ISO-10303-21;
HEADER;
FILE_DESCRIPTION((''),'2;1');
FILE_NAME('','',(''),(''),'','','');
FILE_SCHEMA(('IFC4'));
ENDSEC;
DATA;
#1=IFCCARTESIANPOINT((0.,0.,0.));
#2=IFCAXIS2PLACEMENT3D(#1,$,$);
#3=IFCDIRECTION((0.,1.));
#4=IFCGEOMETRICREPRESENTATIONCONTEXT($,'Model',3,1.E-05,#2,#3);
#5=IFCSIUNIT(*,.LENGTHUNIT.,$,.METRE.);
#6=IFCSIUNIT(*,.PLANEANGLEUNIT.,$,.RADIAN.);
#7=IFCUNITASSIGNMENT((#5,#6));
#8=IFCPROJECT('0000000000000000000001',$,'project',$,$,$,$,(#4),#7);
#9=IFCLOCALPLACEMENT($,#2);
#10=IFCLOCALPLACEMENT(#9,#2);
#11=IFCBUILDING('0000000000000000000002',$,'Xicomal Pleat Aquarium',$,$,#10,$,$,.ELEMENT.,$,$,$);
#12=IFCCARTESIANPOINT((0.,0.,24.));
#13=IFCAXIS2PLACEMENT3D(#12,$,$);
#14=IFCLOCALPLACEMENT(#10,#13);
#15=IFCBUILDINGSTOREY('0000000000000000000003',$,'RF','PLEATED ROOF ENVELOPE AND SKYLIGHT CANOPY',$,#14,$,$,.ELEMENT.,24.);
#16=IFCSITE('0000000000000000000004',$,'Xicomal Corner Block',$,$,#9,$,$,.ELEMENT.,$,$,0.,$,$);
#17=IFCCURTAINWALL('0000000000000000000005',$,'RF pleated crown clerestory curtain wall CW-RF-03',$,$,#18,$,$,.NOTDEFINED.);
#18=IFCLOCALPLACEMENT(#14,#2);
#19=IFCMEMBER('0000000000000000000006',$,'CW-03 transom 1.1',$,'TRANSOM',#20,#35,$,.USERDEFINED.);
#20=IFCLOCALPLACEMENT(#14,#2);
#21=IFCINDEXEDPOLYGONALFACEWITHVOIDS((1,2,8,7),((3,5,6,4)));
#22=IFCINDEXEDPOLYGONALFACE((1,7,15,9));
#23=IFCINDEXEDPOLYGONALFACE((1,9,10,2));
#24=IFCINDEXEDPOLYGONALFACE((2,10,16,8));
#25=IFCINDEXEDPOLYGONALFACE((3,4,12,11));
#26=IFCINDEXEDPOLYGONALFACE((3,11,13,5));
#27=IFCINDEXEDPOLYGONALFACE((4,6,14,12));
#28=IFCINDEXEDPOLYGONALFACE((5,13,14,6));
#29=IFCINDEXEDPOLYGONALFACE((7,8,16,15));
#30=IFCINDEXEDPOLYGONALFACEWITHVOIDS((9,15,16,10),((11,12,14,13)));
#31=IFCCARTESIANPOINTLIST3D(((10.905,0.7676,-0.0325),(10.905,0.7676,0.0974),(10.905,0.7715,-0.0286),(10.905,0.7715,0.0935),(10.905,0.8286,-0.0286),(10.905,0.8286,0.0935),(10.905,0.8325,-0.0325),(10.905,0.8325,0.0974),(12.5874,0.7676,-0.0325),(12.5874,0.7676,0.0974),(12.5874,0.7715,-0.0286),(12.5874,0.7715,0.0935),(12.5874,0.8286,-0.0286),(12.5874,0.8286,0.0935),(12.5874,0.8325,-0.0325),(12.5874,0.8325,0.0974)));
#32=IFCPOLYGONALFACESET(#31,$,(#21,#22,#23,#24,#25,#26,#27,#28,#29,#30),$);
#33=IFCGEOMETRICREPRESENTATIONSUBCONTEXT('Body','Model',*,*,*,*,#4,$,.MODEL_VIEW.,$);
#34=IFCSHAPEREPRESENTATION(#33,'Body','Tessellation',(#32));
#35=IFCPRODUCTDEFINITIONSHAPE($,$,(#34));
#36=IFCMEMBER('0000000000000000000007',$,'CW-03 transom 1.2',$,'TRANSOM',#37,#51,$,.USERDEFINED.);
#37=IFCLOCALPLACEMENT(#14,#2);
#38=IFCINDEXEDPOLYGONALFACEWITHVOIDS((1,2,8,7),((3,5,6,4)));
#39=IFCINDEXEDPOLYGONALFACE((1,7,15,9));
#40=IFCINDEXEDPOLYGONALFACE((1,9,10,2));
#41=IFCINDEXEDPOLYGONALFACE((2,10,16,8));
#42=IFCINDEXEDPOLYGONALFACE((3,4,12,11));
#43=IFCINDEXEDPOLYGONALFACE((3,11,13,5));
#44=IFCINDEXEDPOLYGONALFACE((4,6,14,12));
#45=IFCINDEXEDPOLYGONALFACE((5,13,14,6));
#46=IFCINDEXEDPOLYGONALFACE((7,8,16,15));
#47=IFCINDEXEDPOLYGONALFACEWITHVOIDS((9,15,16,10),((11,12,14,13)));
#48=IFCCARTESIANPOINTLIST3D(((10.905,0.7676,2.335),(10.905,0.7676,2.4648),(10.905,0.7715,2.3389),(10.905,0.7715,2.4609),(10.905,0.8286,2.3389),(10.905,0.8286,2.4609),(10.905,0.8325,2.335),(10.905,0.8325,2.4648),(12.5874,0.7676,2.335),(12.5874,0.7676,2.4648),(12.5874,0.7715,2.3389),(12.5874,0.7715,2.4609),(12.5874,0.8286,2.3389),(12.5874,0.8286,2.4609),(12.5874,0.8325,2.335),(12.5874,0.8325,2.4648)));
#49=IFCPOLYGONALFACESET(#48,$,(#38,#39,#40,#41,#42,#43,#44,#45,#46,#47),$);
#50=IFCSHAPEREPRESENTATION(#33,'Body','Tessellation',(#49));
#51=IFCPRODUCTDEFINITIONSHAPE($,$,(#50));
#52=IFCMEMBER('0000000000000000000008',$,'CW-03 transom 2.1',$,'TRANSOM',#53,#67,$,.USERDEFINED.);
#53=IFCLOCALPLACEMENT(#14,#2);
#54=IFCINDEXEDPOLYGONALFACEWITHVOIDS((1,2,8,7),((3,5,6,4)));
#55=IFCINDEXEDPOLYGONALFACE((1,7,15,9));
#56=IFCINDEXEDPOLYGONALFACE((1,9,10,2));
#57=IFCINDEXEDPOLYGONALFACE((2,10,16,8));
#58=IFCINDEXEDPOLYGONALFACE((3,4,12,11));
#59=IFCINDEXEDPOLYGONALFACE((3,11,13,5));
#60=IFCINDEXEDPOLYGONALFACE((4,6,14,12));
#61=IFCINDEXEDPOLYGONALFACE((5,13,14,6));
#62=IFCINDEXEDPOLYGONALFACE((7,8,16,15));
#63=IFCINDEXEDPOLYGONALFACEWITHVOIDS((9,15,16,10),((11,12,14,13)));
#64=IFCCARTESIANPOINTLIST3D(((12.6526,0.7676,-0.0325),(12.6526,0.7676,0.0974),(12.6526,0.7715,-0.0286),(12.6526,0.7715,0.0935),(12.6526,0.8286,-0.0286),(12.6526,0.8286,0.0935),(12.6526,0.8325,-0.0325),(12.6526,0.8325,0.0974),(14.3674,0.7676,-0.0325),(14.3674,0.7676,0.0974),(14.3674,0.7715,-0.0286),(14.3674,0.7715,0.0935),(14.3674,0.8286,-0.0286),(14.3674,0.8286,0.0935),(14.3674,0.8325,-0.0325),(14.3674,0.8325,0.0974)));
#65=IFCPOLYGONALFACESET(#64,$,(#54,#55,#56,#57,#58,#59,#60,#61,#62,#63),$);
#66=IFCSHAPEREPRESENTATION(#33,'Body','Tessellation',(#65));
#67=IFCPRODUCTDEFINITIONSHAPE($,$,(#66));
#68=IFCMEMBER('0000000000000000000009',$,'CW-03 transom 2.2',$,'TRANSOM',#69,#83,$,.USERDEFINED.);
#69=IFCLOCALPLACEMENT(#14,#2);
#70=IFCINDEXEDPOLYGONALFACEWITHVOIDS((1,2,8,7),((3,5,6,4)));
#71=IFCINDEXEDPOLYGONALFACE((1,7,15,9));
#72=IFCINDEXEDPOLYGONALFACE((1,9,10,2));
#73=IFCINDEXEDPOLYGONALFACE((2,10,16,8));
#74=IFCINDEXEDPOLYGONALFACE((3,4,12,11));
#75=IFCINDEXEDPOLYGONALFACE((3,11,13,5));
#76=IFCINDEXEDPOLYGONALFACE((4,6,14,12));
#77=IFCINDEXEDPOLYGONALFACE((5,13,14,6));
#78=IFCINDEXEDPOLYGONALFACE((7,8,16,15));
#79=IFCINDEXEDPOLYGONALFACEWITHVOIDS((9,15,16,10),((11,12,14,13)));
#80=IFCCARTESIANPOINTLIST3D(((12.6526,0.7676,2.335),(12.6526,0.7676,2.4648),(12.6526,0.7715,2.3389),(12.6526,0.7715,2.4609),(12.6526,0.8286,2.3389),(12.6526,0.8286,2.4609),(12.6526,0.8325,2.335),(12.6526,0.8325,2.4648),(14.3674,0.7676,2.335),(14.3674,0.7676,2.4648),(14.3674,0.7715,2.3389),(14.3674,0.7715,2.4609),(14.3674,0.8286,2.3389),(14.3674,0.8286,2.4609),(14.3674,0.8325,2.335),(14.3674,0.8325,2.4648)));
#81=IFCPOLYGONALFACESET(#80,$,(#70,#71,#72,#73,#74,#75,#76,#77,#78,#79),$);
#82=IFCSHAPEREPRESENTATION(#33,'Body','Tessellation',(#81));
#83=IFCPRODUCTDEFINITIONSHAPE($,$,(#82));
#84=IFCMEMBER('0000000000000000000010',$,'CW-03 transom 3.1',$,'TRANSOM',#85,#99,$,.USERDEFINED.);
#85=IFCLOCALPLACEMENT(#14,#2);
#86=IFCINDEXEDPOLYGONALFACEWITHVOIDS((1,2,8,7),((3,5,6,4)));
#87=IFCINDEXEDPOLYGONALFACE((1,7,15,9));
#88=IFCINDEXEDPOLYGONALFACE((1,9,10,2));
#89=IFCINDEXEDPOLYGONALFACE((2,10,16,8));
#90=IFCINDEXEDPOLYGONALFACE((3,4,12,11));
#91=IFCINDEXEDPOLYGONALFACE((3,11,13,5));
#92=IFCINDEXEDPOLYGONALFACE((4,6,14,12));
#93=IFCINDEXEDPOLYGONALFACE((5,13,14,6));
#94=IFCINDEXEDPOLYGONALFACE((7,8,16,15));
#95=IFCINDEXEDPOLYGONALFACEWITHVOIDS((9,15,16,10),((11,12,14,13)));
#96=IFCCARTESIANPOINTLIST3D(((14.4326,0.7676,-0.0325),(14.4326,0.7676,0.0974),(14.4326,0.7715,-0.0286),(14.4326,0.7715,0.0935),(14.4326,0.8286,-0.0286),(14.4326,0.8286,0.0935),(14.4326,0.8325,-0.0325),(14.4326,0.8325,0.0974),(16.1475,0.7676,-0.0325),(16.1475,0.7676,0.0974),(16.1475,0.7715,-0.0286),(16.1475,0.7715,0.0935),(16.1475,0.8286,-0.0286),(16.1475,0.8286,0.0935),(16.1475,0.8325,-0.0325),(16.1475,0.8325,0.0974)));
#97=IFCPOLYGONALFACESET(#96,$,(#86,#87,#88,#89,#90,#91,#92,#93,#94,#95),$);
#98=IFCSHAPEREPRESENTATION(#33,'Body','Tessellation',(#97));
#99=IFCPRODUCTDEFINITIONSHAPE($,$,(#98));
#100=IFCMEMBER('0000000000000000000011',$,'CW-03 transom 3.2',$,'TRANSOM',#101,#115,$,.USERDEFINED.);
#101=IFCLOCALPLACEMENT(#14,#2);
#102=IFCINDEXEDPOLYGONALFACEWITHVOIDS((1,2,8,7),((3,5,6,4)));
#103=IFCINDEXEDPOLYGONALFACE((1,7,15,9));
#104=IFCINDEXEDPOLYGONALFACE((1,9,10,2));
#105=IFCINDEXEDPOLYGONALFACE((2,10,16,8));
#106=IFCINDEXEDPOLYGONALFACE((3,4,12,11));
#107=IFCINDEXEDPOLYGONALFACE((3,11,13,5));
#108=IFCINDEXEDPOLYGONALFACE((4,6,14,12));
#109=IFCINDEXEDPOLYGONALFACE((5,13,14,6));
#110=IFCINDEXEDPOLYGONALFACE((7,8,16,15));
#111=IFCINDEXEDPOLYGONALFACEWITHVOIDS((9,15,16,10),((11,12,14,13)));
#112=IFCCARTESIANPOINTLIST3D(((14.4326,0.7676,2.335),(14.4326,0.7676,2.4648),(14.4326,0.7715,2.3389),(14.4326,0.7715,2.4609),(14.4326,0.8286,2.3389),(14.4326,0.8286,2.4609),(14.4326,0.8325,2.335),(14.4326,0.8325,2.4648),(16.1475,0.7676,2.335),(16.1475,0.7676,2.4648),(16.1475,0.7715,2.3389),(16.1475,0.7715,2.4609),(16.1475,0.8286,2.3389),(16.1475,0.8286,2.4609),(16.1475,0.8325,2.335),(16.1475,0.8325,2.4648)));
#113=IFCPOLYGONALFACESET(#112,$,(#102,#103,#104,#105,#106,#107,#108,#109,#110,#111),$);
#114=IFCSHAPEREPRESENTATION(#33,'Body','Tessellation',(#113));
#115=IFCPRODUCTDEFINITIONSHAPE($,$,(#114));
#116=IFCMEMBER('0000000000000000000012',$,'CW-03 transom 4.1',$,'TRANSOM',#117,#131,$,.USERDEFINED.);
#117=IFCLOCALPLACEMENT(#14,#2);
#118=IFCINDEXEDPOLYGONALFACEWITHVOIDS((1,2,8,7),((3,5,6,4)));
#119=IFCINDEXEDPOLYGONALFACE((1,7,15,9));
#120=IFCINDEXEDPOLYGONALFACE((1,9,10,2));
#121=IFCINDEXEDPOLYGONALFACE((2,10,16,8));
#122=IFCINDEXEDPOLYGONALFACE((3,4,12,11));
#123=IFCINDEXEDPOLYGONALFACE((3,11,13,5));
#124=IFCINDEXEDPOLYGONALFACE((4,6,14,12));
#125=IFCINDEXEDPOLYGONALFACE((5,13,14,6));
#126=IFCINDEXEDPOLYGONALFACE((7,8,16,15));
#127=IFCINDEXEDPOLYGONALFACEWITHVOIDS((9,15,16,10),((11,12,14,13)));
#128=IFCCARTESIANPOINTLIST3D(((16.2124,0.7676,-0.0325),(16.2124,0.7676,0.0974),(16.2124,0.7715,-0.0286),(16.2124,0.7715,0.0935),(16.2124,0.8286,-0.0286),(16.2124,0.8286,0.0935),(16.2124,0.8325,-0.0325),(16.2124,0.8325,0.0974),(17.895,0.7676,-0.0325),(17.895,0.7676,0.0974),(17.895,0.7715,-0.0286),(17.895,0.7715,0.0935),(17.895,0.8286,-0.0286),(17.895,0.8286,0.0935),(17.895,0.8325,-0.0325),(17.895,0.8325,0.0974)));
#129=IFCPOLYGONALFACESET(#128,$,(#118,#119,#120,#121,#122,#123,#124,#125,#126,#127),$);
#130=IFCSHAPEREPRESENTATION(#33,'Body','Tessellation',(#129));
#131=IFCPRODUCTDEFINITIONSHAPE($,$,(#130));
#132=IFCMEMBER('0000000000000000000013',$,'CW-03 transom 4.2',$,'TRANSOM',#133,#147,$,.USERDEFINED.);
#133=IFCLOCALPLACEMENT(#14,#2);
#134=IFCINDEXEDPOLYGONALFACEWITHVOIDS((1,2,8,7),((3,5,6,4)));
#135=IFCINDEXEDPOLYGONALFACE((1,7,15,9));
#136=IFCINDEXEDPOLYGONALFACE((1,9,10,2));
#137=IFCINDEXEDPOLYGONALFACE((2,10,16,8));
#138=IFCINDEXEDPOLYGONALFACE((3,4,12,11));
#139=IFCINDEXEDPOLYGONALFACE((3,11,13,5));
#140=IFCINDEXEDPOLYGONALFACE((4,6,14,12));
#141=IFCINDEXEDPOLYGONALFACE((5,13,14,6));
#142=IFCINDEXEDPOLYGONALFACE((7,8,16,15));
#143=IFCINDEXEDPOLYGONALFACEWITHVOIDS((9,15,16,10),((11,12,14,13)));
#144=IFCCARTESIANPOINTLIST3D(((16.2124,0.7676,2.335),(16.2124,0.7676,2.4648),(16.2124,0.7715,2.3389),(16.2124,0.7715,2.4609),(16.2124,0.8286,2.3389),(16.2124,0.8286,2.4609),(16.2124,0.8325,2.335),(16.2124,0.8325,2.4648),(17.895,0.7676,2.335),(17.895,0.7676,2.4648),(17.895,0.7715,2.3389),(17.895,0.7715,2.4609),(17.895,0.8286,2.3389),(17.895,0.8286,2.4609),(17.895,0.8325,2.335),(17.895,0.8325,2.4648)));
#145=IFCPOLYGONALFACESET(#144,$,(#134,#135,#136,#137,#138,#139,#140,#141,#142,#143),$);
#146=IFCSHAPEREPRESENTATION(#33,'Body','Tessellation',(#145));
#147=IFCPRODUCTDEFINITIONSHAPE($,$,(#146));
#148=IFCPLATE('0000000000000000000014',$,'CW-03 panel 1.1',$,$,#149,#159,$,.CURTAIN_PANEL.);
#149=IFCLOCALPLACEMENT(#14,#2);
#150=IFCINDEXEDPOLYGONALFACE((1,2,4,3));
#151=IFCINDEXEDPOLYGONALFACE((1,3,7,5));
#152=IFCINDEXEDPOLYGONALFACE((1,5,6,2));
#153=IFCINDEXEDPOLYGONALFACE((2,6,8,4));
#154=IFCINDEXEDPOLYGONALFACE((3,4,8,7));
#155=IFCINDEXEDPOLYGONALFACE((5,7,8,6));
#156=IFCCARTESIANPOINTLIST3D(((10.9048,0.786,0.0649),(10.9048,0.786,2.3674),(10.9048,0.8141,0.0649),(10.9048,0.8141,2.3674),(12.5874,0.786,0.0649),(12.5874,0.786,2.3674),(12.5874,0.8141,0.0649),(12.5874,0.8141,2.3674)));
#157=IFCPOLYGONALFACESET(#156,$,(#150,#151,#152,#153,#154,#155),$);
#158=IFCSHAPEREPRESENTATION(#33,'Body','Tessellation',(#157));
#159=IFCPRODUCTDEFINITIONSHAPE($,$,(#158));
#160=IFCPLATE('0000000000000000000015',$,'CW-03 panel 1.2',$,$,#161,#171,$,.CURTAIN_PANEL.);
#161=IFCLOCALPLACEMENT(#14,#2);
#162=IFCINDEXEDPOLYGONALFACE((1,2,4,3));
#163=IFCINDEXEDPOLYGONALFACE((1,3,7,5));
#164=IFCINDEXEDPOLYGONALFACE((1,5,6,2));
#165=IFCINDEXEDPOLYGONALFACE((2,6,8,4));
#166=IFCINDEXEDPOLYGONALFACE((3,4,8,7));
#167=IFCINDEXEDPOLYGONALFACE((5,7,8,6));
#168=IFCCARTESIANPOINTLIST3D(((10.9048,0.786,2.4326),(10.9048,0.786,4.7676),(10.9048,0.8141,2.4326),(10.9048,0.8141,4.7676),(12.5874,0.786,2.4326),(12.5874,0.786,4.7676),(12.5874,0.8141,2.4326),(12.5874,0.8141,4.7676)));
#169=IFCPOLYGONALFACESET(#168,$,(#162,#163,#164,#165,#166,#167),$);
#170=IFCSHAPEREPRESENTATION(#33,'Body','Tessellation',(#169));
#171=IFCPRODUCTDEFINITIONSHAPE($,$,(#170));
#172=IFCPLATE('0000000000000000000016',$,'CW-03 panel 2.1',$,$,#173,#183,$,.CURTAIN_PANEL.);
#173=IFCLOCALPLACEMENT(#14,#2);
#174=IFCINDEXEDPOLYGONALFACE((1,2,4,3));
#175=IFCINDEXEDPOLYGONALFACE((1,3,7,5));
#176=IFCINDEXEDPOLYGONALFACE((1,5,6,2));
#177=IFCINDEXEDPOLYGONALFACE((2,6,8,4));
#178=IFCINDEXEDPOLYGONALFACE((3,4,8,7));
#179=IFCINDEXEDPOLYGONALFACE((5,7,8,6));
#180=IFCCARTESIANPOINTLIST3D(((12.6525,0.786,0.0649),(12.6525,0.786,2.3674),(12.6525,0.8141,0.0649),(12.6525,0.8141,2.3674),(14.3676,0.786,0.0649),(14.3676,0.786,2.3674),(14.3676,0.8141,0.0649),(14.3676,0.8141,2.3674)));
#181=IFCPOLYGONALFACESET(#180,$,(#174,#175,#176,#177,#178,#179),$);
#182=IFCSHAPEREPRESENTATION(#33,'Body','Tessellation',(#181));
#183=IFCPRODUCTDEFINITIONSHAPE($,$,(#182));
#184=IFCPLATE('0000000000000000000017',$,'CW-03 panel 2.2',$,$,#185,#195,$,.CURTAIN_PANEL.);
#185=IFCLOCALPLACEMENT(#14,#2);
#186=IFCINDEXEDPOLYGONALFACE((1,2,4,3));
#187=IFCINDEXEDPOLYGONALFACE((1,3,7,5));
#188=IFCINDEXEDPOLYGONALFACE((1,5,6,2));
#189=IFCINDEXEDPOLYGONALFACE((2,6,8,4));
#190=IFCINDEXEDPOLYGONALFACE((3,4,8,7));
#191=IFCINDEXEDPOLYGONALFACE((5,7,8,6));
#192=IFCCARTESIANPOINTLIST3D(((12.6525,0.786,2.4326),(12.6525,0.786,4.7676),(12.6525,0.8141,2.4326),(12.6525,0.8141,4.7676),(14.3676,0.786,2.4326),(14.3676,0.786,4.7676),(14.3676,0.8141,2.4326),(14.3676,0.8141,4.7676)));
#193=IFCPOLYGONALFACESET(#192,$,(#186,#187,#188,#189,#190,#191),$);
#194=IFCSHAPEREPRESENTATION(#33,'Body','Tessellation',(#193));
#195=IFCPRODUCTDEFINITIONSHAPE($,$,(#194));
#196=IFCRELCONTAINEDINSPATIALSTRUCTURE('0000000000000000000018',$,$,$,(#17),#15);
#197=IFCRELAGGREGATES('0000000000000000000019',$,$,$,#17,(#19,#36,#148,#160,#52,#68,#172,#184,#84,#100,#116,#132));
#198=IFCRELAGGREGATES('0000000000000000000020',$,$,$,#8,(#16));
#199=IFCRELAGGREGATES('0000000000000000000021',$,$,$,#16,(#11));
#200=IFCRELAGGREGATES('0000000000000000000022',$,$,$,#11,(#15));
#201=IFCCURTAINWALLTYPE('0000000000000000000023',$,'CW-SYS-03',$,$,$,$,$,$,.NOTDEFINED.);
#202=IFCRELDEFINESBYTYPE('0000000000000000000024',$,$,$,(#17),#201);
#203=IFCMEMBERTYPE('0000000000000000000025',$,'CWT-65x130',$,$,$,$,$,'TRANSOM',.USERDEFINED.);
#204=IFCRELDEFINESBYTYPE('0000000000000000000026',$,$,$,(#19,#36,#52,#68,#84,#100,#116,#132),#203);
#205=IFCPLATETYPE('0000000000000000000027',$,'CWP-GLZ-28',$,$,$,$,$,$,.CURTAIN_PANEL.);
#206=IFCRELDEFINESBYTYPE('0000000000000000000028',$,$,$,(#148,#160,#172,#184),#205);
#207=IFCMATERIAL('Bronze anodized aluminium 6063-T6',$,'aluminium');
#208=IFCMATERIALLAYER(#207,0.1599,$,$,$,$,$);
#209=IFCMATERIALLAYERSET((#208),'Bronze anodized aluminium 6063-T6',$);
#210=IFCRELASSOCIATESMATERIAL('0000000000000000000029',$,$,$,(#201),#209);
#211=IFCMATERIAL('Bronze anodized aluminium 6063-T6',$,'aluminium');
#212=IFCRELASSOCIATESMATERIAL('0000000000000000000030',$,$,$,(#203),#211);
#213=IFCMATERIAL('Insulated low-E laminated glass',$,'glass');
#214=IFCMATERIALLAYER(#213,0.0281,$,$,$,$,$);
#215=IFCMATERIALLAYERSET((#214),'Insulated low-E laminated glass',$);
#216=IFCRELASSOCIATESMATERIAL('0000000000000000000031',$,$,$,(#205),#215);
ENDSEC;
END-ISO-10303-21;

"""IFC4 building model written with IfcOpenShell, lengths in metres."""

from ifc_helpers import new_model, si_unit, direction, frame, origin, origin_2d, place, context, subcontext, project, spatial, rectangle, hollow_rectangle, extrude, material, layer, layer_set, material_profile, profile_set, type_object, element, aggregate, save


model = new_model("IFC4")

# Units and contexts
model_context = context("Model", 3, precision=1e-05, world=origin(), true_north=direction((0.0, 1.0)))
body_context = subcontext(model_context, "Body", "Model", "MODEL_VIEW")
ifc_project = project(units=[si_unit("LENGTHUNIT", "METRE"), si_unit("PLANEANGLEUNIT", "RADIAN")], contexts=[model_context])

# Site, building, storey
site_placement = place(None, origin())
site = spatial("IfcSite", under=ifc_project, at=site_placement, Name="Xicomal Corner Block", CompositionType="ELEMENT", RefElevation=0.0)
building_placement = place(site_placement, origin())
building = spatial("IfcBuilding", under=site, at=building_placement, Name="Xicomal Pleat Aquarium", CompositionType="ELEMENT")
storey_placement = place(building_placement, frame((0.0, 0.0, 24.0)))
storey = spatial("IfcBuildingStorey", under=building, at=storey_placement, Name="RF", Description="PLEATED ROOF ENVELOPE AND SKYLIGHT CANOPY", CompositionType="ELEMENT", Elevation=24.0)

# Curtain wall, members, plates
ifc_material_1 = material(Name="Bronze anodized aluminium 6063-T6", Category="aluminium")
ifc_layer_1 = layer(ifc_material_1, 0.1599)
ifc_layer_set_1 = layer_set([ifc_layer_1], Name="Bronze anodized aluminium 6063-T6")
curtain_wall_type = type_object("IfcCurtainWallType", Name="CW-SYS-03", PredefinedType="NOTDEFINED", material=ifc_layer_set_1)
curtain_wall_placement = place(storey_placement, origin())
curtain_wall = element("IfcCurtainWall", 1, at=curtain_wall_placement, inside=storey, type_object=curtain_wall_type, Name="RF pleated crown clerestory curtain wall CW-RF-03", PredefinedType="NOTDEFINED")
ifc_material_2 = material(Name="Bronze anodized aluminium 6063-T6", Category="aluminium")
ifc_material_profile_1 = material_profile(ifc_material_2, hollow_rectangle(XDim=0.0649, YDim=0.1299, WallThickness=0.0039, at=origin_2d()), Name="ALU TRAN 65x130")
ifc_profile_set_1 = profile_set([ifc_material_profile_1], Name="Bronze anodized aluminium 6063-T6")
member_type_1 = type_object("IfcMemberType", Name="CWT-65x130", ElementType="TRANSOM", PredefinedType="USERDEFINED", material=ifc_profile_set_1)
member_1_placement = place(storey_placement, frame((10.905, 0.8, 0.0325), z_axis=(1.0, 0.0, 0.0), x_axis=(0.0, 1.0, 0.0)))
member_1 = element("IfcMember", 2, at=member_1_placement, type_object=member_type_1, Name="CW-03 transom 1.1", ObjectType="TRANSOM", PredefinedType="USERDEFINED", context=body_context, shape_type="SweptSolid", body=[
    extrude(hollow_rectangle(XDim=0.0649, YDim=0.1299, WallThickness=0.0039, at=origin_2d()), origin(), (0.0, 0.0, 1.0), 1.6824),
])
member_2_placement = place(storey_placement, frame((10.905, 0.8, 2.3999), z_axis=(1.0, 0.0, 0.0), x_axis=(0.0, 1.0, 0.0)))
member_2 = element("IfcMember", 3, at=member_2_placement, type_object=member_type_1, Name="CW-03 transom 1.2", ObjectType="TRANSOM", PredefinedType="USERDEFINED", context=body_context, shape_type="SweptSolid", body=[
    extrude(hollow_rectangle(XDim=0.0649, YDim=0.1299, WallThickness=0.0039, at=origin_2d()), origin(), (0.0, 0.0, 1.0), 1.6824),
])
member_3_placement = place(storey_placement, frame((12.6526, 0.8, 0.0325), z_axis=(1.0, 0.0, 0.0), x_axis=(0.0, 1.0, 0.0)))
member_3 = element("IfcMember", 4, at=member_3_placement, type_object=member_type_1, Name="CW-03 transom 2.1", ObjectType="TRANSOM", PredefinedType="USERDEFINED", context=body_context, shape_type="SweptSolid", body=[
    extrude(hollow_rectangle(XDim=0.0649, YDim=0.1299, WallThickness=0.0039, at=origin_2d()), origin(), (0.0, 0.0, 1.0), 1.7148),
])
member_4_placement = place(storey_placement, frame((12.6526, 0.8, 2.3999), z_axis=(1.0, 0.0, 0.0), x_axis=(0.0, 1.0, 0.0)))
member_4 = element("IfcMember", 5, at=member_4_placement, type_object=member_type_1, Name="CW-03 transom 2.2", ObjectType="TRANSOM", PredefinedType="USERDEFINED", context=body_context, shape_type="SweptSolid", body=[
    extrude(hollow_rectangle(XDim=0.0649, YDim=0.1299, WallThickness=0.0039, at=origin_2d()), origin(), (0.0, 0.0, 1.0), 1.7148),
])
member_5_placement = place(storey_placement, frame((14.4326, 0.8, 0.0325), z_axis=(1.0, 0.0, 0.0), x_axis=(0.0, 1.0, 0.0)))
member_5 = element("IfcMember", 6, at=member_5_placement, type_object=member_type_1, Name="CW-03 transom 3.1", ObjectType="TRANSOM", PredefinedType="USERDEFINED", context=body_context, shape_type="SweptSolid", body=[
    extrude(hollow_rectangle(XDim=0.0649, YDim=0.1299, WallThickness=0.0039, at=origin_2d()), origin(), (0.0, 0.0, 1.0), 1.7148),
])
member_6_placement = place(storey_placement, frame((14.4326, 0.8, 2.3999), z_axis=(1.0, 0.0, 0.0), x_axis=(0.0, 1.0, 0.0)))
member_6 = element("IfcMember", 7, at=member_6_placement, type_object=member_type_1, Name="CW-03 transom 3.2", ObjectType="TRANSOM", PredefinedType="USERDEFINED", context=body_context, shape_type="SweptSolid", body=[
    extrude(hollow_rectangle(XDim=0.0649, YDim=0.1299, WallThickness=0.0039, at=origin_2d()), origin(), (0.0, 0.0, 1.0), 1.7148),
])
member_7_placement = place(storey_placement, frame((16.2124, 0.8, 0.0325), z_axis=(1.0, 0.0, 0.0), x_axis=(0.0, 1.0, 0.0)))
member_7 = element("IfcMember", 8, at=member_7_placement, type_object=member_type_1, Name="CW-03 transom 4.1", ObjectType="TRANSOM", PredefinedType="USERDEFINED", context=body_context, shape_type="SweptSolid", body=[
    extrude(hollow_rectangle(XDim=0.0649, YDim=0.1299, WallThickness=0.0039, at=origin_2d()), origin(), (0.0, 0.0, 1.0), 1.6826),
])
member_8_placement = place(storey_placement, frame((16.2124, 0.8, 2.3999), z_axis=(1.0, 0.0, 0.0), x_axis=(0.0, 1.0, 0.0)))
member_8 = element("IfcMember", 9, at=member_8_placement, type_object=member_type_1, Name="CW-03 transom 4.2", ObjectType="TRANSOM", PredefinedType="USERDEFINED", context=body_context, shape_type="SweptSolid", body=[
    extrude(hollow_rectangle(XDim=0.0649, YDim=0.1299, WallThickness=0.0039, at=origin_2d()), origin(), (0.0, 0.0, 1.0), 1.6826),
])
ifc_material_3 = material(Name="Insulated low-E laminated glass", Category="glass")
ifc_layer_2 = layer(ifc_material_3, 0.0281)
ifc_layer_set_2 = layer_set([ifc_layer_2], Name="Insulated low-E laminated glass")
plate_type = type_object("IfcPlateType", Name="CWP-GLZ-28", PredefinedType="CURTAIN_PANEL", material=ifc_layer_set_2)
plate_1_placement = place(storey_placement, frame((11.7461, 0.8, 0.0649), z_axis=(0.0, 0.0, 1.0), x_axis=(1.0, 0.0, 0.0)))
plate_1 = element("IfcPlate", 10, at=plate_1_placement, type_object=plate_type, Name="CW-03 panel 1.1", PredefinedType="CURTAIN_PANEL", context=body_context, shape_type="SweptSolid", body=[
    extrude(rectangle(XDim=1.6826, YDim=0.0281, at=origin_2d()), origin(), (0.0, 0.0, 1.0), 2.3025),
])
plate_2_placement = place(storey_placement, frame((11.7461, 0.8, 2.4326), z_axis=(0.0, 0.0, 1.0), x_axis=(1.0, 0.0, 0.0)))
plate_2 = element("IfcPlate", 11, at=plate_2_placement, type_object=plate_type, Name="CW-03 panel 1.2", PredefinedType="CURTAIN_PANEL", context=body_context, shape_type="SweptSolid", body=[
    extrude(rectangle(XDim=1.6826, YDim=0.0281, at=origin_2d()), origin(), (0.0, 0.0, 1.0), 2.335),
])
plate_3_placement = place(storey_placement, frame((13.51, 0.8, 0.0649), z_axis=(0.0, 0.0, 1.0), x_axis=(1.0, 0.0, 0.0)))
plate_3 = element("IfcPlate", 12, at=plate_3_placement, type_object=plate_type, Name="CW-03 panel 2.1", PredefinedType="CURTAIN_PANEL", context=body_context, shape_type="SweptSolid", body=[
    extrude(rectangle(XDim=1.7151, YDim=0.0281, at=origin_2d()), origin(), (0.0, 0.0, 1.0), 2.3025),
])
plate_4_placement = place(storey_placement, frame((13.51, 0.8, 2.4326), z_axis=(0.0, 0.0, 1.0), x_axis=(1.0, 0.0, 0.0)))
plate_4 = element("IfcPlate", 13, at=plate_4_placement, type_object=plate_type, Name="CW-03 panel 2.2", PredefinedType="CURTAIN_PANEL", context=body_context, shape_type="SweptSolid", body=[
    extrude(rectangle(XDim=1.7151, YDim=0.0281, at=origin_2d()), origin(), (0.0, 0.0, 1.0), 2.335),
])
aggregate(curtain_wall, [member_1, member_2, plate_1, plate_2, member_3, member_4, plate_3, plate_4, member_5, member_6, member_7, member_8])

save(model, "model.ifc")
